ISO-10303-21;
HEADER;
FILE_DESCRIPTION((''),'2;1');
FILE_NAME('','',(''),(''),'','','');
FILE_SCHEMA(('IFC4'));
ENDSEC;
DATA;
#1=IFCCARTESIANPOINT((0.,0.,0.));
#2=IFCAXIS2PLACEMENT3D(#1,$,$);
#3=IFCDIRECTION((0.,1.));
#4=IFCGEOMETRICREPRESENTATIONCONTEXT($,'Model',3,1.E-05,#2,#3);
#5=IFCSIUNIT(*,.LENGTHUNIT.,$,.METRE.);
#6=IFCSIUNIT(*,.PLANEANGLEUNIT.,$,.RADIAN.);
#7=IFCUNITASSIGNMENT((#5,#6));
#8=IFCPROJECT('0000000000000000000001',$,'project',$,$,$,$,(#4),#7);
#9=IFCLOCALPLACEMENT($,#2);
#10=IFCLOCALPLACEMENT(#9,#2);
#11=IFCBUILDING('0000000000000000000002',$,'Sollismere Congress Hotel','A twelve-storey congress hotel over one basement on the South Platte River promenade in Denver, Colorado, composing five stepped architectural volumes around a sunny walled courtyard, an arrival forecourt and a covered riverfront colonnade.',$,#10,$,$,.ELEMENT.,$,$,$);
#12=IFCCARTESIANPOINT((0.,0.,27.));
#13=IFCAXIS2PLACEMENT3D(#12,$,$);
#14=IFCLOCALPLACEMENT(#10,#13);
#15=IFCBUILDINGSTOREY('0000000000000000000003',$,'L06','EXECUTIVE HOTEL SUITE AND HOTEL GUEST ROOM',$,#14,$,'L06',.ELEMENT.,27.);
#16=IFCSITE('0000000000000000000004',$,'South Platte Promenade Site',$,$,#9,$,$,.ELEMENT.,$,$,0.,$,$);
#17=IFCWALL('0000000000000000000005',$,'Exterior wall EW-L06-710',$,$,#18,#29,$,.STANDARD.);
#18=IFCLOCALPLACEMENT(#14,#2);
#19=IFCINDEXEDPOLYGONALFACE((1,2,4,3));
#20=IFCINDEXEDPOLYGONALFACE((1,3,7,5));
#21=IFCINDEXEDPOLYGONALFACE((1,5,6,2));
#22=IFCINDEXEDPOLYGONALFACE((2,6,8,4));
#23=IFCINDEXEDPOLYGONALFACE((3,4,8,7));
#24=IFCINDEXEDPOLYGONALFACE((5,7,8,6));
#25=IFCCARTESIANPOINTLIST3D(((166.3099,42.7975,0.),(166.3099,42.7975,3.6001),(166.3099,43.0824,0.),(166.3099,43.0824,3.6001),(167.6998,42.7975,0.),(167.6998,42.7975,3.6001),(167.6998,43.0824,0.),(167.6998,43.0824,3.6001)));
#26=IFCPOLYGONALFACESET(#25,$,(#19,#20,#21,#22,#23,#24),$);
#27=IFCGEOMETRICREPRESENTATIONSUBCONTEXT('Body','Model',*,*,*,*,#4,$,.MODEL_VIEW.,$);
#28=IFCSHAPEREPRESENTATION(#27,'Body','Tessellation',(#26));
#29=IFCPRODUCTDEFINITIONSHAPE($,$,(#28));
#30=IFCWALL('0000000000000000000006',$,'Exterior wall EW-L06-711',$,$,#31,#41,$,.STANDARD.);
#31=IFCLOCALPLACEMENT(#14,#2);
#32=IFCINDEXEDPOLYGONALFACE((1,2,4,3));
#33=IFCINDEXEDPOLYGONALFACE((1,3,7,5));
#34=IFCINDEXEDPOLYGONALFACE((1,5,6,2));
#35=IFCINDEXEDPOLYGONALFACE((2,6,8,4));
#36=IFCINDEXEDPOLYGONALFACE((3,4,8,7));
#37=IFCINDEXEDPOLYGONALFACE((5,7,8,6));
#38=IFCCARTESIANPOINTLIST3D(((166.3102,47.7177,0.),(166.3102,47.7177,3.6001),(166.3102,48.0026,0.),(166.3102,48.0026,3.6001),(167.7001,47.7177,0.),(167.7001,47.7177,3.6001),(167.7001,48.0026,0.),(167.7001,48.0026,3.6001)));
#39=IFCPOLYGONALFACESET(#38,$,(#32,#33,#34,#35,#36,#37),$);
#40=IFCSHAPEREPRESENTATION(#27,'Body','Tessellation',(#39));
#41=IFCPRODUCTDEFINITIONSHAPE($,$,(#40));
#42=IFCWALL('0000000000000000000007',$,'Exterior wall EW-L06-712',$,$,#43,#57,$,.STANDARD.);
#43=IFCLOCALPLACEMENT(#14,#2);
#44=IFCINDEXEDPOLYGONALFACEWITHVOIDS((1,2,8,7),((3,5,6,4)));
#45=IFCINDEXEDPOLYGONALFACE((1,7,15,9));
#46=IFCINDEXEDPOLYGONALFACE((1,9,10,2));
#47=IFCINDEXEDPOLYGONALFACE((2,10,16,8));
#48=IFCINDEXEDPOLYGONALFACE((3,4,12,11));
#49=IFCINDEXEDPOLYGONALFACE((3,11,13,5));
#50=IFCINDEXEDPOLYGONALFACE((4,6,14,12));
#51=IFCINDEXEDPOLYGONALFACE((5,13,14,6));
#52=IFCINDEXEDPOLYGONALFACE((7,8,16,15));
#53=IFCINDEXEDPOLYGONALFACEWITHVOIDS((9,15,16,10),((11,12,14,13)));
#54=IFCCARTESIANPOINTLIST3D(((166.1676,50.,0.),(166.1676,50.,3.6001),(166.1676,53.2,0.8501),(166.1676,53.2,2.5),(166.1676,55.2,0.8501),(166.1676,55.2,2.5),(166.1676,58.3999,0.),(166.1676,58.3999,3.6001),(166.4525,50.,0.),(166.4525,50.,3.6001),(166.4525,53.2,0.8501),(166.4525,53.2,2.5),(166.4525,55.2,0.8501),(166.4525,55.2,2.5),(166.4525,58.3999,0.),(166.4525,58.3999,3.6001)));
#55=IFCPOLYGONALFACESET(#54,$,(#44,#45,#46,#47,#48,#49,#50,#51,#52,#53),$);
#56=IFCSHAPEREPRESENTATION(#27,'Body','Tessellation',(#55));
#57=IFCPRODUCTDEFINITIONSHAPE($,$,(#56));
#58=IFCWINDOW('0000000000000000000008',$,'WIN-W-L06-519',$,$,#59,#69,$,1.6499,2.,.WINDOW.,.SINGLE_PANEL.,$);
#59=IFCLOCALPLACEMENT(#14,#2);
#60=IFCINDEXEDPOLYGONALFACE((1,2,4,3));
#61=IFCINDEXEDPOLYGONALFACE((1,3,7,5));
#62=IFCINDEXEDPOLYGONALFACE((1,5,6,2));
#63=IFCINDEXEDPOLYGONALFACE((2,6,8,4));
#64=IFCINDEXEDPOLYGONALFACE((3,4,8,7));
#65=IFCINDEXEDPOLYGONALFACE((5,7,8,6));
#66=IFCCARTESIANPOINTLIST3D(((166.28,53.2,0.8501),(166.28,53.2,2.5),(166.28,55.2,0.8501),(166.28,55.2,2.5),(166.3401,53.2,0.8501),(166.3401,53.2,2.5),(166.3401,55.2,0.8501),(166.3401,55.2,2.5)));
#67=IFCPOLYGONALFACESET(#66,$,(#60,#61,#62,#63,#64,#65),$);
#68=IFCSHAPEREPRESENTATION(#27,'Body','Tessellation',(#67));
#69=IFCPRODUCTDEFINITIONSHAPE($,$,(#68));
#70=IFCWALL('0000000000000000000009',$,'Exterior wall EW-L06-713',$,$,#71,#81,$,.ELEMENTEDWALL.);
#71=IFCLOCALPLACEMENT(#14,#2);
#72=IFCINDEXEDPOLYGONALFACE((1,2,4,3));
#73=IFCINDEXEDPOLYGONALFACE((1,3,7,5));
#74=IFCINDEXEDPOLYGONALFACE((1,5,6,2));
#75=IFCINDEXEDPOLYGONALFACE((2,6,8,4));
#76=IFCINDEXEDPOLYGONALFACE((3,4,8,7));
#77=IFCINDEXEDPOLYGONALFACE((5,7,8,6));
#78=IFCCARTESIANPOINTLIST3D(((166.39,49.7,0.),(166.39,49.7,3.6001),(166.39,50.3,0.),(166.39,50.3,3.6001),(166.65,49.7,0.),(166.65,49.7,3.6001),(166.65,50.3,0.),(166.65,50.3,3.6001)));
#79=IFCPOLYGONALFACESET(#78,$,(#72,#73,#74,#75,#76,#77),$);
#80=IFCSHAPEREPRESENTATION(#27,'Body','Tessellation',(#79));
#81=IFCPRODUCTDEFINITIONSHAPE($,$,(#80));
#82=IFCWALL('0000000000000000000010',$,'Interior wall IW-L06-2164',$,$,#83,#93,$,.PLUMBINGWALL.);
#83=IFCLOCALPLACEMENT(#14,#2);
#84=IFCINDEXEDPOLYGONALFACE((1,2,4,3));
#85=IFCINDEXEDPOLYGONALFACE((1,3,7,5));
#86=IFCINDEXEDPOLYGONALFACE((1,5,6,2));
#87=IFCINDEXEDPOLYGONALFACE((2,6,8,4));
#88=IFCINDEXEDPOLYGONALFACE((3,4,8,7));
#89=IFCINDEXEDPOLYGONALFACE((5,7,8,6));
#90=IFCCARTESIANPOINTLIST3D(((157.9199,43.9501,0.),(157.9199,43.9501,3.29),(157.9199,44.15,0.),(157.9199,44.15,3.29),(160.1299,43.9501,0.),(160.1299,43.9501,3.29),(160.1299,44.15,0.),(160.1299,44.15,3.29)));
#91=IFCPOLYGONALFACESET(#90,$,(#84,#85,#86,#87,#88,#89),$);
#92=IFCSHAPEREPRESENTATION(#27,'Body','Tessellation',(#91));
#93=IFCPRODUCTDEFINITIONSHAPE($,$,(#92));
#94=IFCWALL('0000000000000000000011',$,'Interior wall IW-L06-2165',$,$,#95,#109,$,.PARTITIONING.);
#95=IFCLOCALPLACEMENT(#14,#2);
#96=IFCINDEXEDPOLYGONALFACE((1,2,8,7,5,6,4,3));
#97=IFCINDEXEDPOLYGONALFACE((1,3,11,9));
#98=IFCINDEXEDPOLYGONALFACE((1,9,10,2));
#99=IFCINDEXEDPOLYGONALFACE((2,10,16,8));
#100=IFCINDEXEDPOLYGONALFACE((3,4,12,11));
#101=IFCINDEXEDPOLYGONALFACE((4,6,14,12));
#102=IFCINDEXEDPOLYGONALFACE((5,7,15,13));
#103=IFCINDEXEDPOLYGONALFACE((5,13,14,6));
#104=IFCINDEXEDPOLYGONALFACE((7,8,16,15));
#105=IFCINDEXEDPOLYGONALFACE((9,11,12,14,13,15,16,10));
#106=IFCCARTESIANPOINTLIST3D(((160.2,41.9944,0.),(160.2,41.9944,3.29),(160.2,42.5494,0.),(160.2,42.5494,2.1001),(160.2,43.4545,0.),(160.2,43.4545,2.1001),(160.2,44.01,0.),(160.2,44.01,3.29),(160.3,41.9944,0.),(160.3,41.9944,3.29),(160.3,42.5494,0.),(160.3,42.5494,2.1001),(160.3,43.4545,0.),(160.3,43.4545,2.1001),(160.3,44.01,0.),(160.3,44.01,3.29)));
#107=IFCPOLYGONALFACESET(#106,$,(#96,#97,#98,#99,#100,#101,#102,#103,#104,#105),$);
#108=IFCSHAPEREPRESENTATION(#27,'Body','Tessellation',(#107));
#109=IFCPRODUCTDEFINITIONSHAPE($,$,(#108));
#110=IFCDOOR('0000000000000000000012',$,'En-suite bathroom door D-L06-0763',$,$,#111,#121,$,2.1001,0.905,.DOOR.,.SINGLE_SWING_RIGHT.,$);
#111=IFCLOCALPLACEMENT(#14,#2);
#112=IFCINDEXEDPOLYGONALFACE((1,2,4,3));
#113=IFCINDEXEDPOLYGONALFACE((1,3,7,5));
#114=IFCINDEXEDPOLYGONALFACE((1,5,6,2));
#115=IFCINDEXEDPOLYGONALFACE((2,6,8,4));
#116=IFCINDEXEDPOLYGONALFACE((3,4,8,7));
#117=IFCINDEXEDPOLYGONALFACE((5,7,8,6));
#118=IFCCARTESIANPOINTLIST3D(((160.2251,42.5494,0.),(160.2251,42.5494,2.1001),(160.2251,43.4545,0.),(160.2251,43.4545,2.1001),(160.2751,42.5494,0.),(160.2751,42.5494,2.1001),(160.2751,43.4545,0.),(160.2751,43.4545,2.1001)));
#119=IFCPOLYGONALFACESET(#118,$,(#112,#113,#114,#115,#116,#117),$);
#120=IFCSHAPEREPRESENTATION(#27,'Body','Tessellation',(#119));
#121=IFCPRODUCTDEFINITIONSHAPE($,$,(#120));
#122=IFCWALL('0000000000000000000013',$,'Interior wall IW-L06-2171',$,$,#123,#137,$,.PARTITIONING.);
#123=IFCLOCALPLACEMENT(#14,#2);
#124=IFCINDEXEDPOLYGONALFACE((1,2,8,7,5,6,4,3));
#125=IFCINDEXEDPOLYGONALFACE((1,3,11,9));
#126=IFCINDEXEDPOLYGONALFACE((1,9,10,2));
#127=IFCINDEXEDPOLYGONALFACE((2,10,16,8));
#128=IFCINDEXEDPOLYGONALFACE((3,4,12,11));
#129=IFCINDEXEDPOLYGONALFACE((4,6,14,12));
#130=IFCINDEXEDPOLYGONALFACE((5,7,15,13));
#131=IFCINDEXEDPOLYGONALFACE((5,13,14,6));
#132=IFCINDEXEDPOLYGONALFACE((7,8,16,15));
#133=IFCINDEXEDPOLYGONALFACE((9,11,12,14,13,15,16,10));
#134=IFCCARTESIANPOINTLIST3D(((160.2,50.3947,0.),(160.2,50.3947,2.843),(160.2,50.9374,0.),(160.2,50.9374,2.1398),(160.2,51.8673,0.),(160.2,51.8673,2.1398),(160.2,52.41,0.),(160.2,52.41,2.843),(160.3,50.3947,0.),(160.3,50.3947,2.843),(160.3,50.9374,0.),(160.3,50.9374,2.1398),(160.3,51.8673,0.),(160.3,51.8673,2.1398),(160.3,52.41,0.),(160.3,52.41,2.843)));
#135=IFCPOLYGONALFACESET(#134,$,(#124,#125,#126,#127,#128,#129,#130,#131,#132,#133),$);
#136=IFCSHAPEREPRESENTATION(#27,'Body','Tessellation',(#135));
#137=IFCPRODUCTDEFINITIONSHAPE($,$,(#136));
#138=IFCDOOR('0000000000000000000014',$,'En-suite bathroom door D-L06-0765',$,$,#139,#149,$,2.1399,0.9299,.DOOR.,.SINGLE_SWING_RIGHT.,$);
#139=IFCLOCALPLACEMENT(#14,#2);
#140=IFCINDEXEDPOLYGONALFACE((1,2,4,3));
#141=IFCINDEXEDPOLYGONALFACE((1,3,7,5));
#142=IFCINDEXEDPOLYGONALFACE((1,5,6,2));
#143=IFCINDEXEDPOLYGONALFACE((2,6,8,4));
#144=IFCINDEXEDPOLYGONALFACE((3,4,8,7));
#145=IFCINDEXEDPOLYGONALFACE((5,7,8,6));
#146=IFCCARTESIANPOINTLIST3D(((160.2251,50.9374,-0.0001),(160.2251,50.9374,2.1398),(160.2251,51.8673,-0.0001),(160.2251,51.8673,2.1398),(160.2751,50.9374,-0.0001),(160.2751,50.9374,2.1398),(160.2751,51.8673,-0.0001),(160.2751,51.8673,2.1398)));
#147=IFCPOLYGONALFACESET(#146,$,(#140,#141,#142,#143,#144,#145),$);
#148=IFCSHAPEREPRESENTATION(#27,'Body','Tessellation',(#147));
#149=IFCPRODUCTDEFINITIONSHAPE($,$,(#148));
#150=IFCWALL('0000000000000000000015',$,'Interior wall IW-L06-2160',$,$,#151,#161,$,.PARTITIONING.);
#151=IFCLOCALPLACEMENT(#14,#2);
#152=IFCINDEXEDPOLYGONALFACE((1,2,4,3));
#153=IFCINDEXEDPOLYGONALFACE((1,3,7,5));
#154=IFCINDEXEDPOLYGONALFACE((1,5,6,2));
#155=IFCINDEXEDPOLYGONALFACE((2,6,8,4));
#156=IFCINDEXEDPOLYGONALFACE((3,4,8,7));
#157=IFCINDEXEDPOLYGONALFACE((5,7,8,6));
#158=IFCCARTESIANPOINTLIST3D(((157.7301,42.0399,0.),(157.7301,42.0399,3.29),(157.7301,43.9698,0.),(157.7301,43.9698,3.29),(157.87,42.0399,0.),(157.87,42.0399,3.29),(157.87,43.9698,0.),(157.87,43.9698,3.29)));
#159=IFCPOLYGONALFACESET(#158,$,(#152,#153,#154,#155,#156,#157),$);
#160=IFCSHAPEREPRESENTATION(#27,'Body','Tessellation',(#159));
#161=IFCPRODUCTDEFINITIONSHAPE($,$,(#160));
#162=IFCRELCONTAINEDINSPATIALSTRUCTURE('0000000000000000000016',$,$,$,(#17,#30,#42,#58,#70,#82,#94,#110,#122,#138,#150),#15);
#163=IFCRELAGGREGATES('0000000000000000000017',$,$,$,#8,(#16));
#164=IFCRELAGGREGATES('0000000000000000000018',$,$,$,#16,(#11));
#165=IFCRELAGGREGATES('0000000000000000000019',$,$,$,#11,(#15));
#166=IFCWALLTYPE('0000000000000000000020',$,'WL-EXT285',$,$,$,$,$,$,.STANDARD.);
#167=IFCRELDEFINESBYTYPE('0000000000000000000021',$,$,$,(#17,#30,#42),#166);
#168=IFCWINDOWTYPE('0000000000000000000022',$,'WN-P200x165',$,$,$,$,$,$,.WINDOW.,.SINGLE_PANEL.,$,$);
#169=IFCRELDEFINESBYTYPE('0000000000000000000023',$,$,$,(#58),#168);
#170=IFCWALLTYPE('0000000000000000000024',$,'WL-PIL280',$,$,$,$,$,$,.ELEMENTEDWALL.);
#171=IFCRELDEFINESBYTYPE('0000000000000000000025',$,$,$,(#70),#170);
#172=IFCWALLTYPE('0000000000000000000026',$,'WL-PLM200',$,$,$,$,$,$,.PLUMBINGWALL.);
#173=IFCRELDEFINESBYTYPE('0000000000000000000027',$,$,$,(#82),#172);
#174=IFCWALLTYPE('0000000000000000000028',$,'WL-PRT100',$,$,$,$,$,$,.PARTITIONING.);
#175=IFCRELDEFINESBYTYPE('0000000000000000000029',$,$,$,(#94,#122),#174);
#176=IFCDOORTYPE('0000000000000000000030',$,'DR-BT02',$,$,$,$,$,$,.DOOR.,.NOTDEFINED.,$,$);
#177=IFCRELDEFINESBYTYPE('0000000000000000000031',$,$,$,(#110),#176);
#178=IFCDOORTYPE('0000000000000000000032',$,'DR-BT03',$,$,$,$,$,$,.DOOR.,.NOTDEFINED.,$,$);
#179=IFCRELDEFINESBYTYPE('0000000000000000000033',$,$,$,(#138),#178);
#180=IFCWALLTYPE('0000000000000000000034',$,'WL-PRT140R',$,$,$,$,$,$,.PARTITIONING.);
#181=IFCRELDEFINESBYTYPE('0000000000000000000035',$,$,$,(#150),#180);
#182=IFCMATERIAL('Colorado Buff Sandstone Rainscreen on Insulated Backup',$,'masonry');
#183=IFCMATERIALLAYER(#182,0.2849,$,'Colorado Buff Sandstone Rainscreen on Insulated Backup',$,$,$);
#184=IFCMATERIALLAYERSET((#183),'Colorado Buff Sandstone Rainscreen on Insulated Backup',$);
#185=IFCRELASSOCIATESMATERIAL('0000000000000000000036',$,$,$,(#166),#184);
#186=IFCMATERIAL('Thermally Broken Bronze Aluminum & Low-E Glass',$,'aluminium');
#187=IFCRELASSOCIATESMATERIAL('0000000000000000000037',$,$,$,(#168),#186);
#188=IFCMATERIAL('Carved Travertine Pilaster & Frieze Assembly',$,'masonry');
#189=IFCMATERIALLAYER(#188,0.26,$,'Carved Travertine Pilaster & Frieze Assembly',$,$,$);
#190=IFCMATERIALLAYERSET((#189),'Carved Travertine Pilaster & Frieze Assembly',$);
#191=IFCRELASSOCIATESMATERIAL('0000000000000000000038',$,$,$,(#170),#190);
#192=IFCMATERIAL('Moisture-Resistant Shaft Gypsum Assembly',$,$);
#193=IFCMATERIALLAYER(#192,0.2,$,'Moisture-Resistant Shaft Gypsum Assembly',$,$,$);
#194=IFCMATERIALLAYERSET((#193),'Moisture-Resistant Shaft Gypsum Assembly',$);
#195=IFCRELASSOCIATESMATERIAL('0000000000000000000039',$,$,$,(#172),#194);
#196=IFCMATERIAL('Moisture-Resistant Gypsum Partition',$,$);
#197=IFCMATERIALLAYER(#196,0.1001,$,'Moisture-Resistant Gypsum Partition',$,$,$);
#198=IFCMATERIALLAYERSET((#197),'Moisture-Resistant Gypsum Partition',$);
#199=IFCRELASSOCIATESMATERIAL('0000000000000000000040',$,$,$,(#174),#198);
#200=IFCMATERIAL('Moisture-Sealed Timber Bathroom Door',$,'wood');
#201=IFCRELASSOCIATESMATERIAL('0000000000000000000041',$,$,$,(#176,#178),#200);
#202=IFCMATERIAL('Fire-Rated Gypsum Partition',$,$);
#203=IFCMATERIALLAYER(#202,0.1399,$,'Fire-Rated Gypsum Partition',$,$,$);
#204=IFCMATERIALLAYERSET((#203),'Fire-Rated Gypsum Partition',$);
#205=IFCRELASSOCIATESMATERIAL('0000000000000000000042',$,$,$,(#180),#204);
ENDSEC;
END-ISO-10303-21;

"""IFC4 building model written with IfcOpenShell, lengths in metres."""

from ifc_helpers import new_model, si_unit, direction, frame, frame_2d, origin, place, context, subcontext, project, spatial, rectangle, extrude, material, layer, layer_set, type_object, element, fill, save


model = new_model("IFC4")

# Units and contexts
model_context = context("Model", 3, precision=1e-05, world=origin(), true_north=direction((0.0, 1.0)))
body_context = subcontext(model_context, "Body", "Model", "MODEL_VIEW")
ifc_project = project(units=[si_unit("LENGTHUNIT", "METRE"), si_unit("PLANEANGLEUNIT", "RADIAN")], contexts=[model_context])

# Site, building, storey
site_placement = place(None, origin())
site = spatial("IfcSite", under=ifc_project, at=site_placement, Name="South Platte Promenade Site", CompositionType="ELEMENT", RefElevation=0.0)
building_placement = place(site_placement, origin())
building = spatial("IfcBuilding", under=site, at=building_placement, Name="Sollismere Congress Hotel", Description="A twelve-storey congress hotel over one basement on the South Platte River promenade in Denver, Colorado, composing five stepped architectural volumes around a sunny walled courtyard, an arrival forecourt and a covered riverfront colonnade.", CompositionType="ELEMENT")
storey_placement = place(building_placement, frame((0.0, 0.0, 27.0)))
storey = spatial("IfcBuildingStorey", under=building, at=storey_placement, Name="L06", Description="EXECUTIVE HOTEL SUITE AND HOTEL GUEST ROOM", LongName="L06", CompositionType="ELEMENT", Elevation=27.0)

# Shared definitions
ifc_material_1 = material(Name="Colorado Buff Sandstone Rainscreen on Insulated Backup", Category="masonry")
ifc_layer_1 = layer(ifc_material_1, 0.2849, Name="Colorado Buff Sandstone Rainscreen on Insulated Backup")
ifc_layer_set_1 = layer_set([ifc_layer_1], Name="Colorado Buff Sandstone Rainscreen on Insulated Backup")
wall_type_1 = type_object("IfcWallType", Name="WL-EXT285", PredefinedType="STANDARD", material=ifc_layer_set_1)

# Shared definitions
ifc_material_2 = material(Name="Thermally Broken Bronze Aluminum & Low-E Glass", Category="aluminium")

# Walls
for number, where, z_axis, x_axis, name in (
    (1, (166.3101, 42.9399, 0.0), (0.0, 0.0, 1.0), (1.0, 0.0, 0.0), "Exterior wall EW-L06-710"),
    (2, (167.7, 47.8601, 0.0), (0.0, 0.0, 1.0), (-1.0, 0.0, 0.0), "Exterior wall EW-L06-711"),
):
    element("IfcWall", number, at=place(storey_placement, frame(where, z_axis=z_axis, x_axis=x_axis)), inside=storey, type_object=wall_type_1, Name=name, PredefinedType="STANDARD", context=body_context, shape_type="SweptSolid", body=[
        extrude(rectangle(XDim=1.3899, YDim=0.2849, at=frame_2d((0.6948, 0.0))), origin(), (0.0, 0.0, 1.0), 3.6001),
    ])

# Wall, opening, window
wall_1_placement = place(storey_placement, frame((166.3101, 50.0, 0.0), z_axis=(0.0, 0.0, 1.0), x_axis=(0.0, 1.0, 0.0)))
wall_1 = element("IfcWall", 3, at=wall_1_placement, inside=storey, type_object=wall_type_1, Name="Exterior wall EW-L06-712", PredefinedType="STANDARD", context=body_context, shape_type="SweptSolid", body=[
    extrude(rectangle(XDim=8.3999, YDim=0.2849, at=frame_2d((4.2, 0.0))), origin(), (0.0, 0.0, 1.0), 3.6001),
])
opening_1_placement = place(wall_1_placement, frame((3.2, 0.0, 0.8501)))
opening_1 = element("IfcOpeningElement", 4, at=opening_1_placement, cuts=wall_1, PredefinedType="OPENING", context=body_context, shape_type="SweptSolid", body=[
    extrude(rectangle(XDim=2.0, YDim=1.6499, at=frame_2d((1.0, 0.825))), frame((0.0, 0.1523, 0.0), z_axis=(0.0, -1.0, 0.0), x_axis=(1.0, 0.0, 0.0)), (0.0, 0.0, 1.0), 0.3049),
])
window_type_1 = type_object("IfcWindowType", Name="WN-P200x165", PartitioningType="SINGLE_PANEL", PredefinedType="WINDOW", material=ifc_material_2)
window_1_placement = place(opening_1_placement, origin())
window_1 = element("IfcWindow", 5, at=window_1_placement, inside=storey, type_object=window_type_1, Name="WIN-W-L06-519", OverallHeight=1.6499, OverallWidth=2.0, PartitioningType="SINGLE_PANEL", PredefinedType="WINDOW", context=body_context, shape_type="SweptSolid", body=[
    extrude(rectangle(XDim=2.0, YDim=1.6499, at=frame_2d((1.0, 0.825))), frame((0.0, 0.03, 0.0), z_axis=(0.0, -1.0, 0.0), x_axis=(1.0, 0.0, 0.0)), (0.0, 0.0, 1.0), 0.0601),
])
fill(opening_1, window_1)

# Walls
ifc_material_3 = material(Name="Carved Travertine Pilaster & Frieze Assembly", Category="masonry")
ifc_layer_2 = layer(ifc_material_3, 0.26, Name="Carved Travertine Pilaster & Frieze Assembly")
ifc_layer_set_2 = layer_set([ifc_layer_2], Name="Carved Travertine Pilaster & Frieze Assembly")
wall_type_2 = type_object("IfcWallType", Name="WL-PIL280", PredefinedType="ELEMENTEDWALL", material=ifc_layer_set_2)
wall_2_placement = place(storey_placement, frame((166.52, 49.7, 0.0), z_axis=(0.0, 0.0, 1.0), x_axis=(0.0, 1.0, 0.0)))
element("IfcWall", 6, at=wall_2_placement, inside=storey, type_object=wall_type_2, Name="Exterior wall EW-L06-713", PredefinedType="ELEMENTEDWALL", context=body_context, shape_type="SweptSolid", body=[
    extrude(rectangle(XDim=0.6001, YDim=0.26, at=frame_2d((0.3, 0.0))), origin(), (0.0, 0.0, 1.0), 3.6001),
])
ifc_material_4 = material(Name="Moisture-Resistant Shaft Gypsum Assembly")
ifc_layer_3 = layer(ifc_material_4, 0.2, Name="Moisture-Resistant Shaft Gypsum Assembly")
ifc_layer_set_3 = layer_set([ifc_layer_3], Name="Moisture-Resistant Shaft Gypsum Assembly")
wall_type_3 = type_object("IfcWallType", Name="WL-PLM200", PredefinedType="PLUMBINGWALL", material=ifc_layer_set_3)
wall_3_placement = place(storey_placement, frame((157.9199, 44.05, 0.0), z_axis=(0.0, 0.0, 1.0), x_axis=(1.0, 0.0, 0.0)))
element("IfcWall", 7, at=wall_3_placement, inside=storey, type_object=wall_type_3, Name="Interior wall IW-L06-2164", PredefinedType="PLUMBINGWALL", context=body_context, shape_type="SweptSolid", body=[
    extrude(rectangle(XDim=2.21, YDim=0.2, at=frame_2d((1.105, 0.0))), origin(), (0.0, 0.0, 1.0), 3.29),
])

# Walls, openings, doors
ifc_material_5 = material(Name="Moisture-Resistant Gypsum Partition")
ifc_layer_4 = layer(ifc_material_5, 0.1001, Name="Moisture-Resistant Gypsum Partition")
ifc_layer_set_4 = layer_set([ifc_layer_4], Name="Moisture-Resistant Gypsum Partition")
wall_type_4 = type_object("IfcWallType", Name="WL-PRT100", PredefinedType="PARTITIONING", material=ifc_layer_set_4)
wall_4_placement = place(storey_placement, frame((160.25, 41.9944, 0.0), z_axis=(0.0, 0.0, 1.0), x_axis=(0.0, 1.0, 0.0)))
wall_4 = element("IfcWall", 8, at=wall_4_placement, inside=storey, type_object=wall_type_4, Name="Interior wall IW-L06-2165", PredefinedType="PARTITIONING", context=body_context, shape_type="SweptSolid", body=[
    extrude(rectangle(XDim=2.0156, YDim=0.1001, at=frame_2d((1.0078, 0.0))), origin(), (0.0, 0.0, 1.0), 3.29),
])
opening_2_placement = place(wall_4_placement, frame((0.5549, 0.0, 0.0)))
opening_2 = element("IfcOpeningElement", 9, at=opening_2_placement, cuts=wall_4, PredefinedType="OPENING", context=body_context, shape_type="SweptSolid", body=[
    extrude(rectangle(XDim=0.905, YDim=2.1001, at=frame_2d((0.4526, 1.05))), frame((0.0, 0.0601, 0.0), z_axis=(0.0, -1.0, 0.0), x_axis=(1.0, 0.0, 0.0)), (0.0, 0.0, 1.0), 0.1201),
])
ifc_material_6 = material(Name="Moisture-Sealed Timber Bathroom Door", Category="wood")
door_type_1 = type_object("IfcDoorType", Name="DR-BT02", OperationType="NOTDEFINED", PredefinedType="DOOR", material=ifc_material_6)
door_1_placement = place(opening_2_placement, origin())
door_1 = element("IfcDoor", 10, at=door_1_placement, inside=storey, type_object=door_type_1, Name="En-suite bathroom door D-L06-0763", OperationType="SINGLE_SWING_RIGHT", OverallHeight=2.1001, OverallWidth=0.905, PredefinedType="DOOR", context=body_context, shape_type="SweptSolid", body=[
    extrude(rectangle(XDim=0.905, YDim=2.1001, at=frame_2d((0.4526, 1.05))), frame((0.0, 0.0249, 0.0), z_axis=(0.0, -1.0, 0.0), x_axis=(1.0, 0.0, 0.0)), (0.0, 0.0, 1.0), 0.05),
])
fill(opening_2, door_1)
wall_5_placement = place(storey_placement, frame((160.25, 50.3945, 0.0), z_axis=(0.0, 0.0, 1.0), x_axis=(0.0, 1.0, 0.0)))
wall_5 = element("IfcWall", 11, at=wall_5_placement, inside=storey, type_object=wall_type_4, Name="Interior wall IW-L06-2171", PredefinedType="PARTITIONING", context=body_context, shape_type="SweptSolid", body=[
    extrude(rectangle(XDim=2.0154, YDim=0.1001, at=frame_2d((1.0078, 0.0))), origin(), (0.0, 0.0, 1.0), 2.843),
])
opening_3_placement = place(wall_5_placement, frame((0.543, 0.0, 0.0)))
opening_3 = element("IfcOpeningElement", 12, at=opening_3_placement, cuts=wall_5, PredefinedType="OPENING", context=body_context, shape_type="SweptSolid", body=[
    extrude(rectangle(XDim=0.9299, YDim=2.1399, at=frame_2d((0.4648, 1.0698))), frame((0.0, 0.0601, 0.0), z_axis=(0.0, -1.0, 0.0), x_axis=(1.0, 0.0, 0.0)), (0.0, 0.0, 1.0), 0.1201),
])
door_type_2 = type_object("IfcDoorType", Name="DR-BT03", OperationType="NOTDEFINED", PredefinedType="DOOR", material=ifc_material_6)
door_2_placement = place(opening_3_placement, origin())
door_2 = element("IfcDoor", 13, at=door_2_placement, inside=storey, type_object=door_type_2, Name="En-suite bathroom door D-L06-0765", OperationType="SINGLE_SWING_RIGHT", OverallHeight=2.1399, OverallWidth=0.9299, PredefinedType="DOOR", context=body_context, shape_type="SweptSolid", body=[
    extrude(rectangle(XDim=0.9299, YDim=2.1399, at=frame_2d((0.4648, 1.0698))), frame((0.0, 0.0249, 0.0), z_axis=(0.0, -1.0, 0.0), x_axis=(1.0, 0.0, 0.0)), (0.0, 0.0, 1.0), 0.05),
])
fill(opening_3, door_2)

# Wall
ifc_material_7 = material(Name="Fire-Rated Gypsum Partition")
ifc_layer_5 = layer(ifc_material_7, 0.1399, Name="Fire-Rated Gypsum Partition")
ifc_layer_set_5 = layer_set([ifc_layer_5], Name="Fire-Rated Gypsum Partition")
wall_type_5 = type_object("IfcWallType", Name="WL-PRT140R", PredefinedType="PARTITIONING", material=ifc_layer_set_5)
wall_6_placement = place(storey_placement, frame((157.8, 42.04, 0.0), z_axis=(0.0, 0.0, 1.0), x_axis=(0.0, 1.0, 0.0)))
element("IfcWall", 14, at=wall_6_placement, inside=storey, type_object=wall_type_5, Name="Interior wall IW-L06-2160", PredefinedType="PARTITIONING", context=body_context, shape_type="SweptSolid", body=[
    extrude(rectangle(XDim=1.9299, YDim=0.1399, at=frame_2d((0.9648, 0.0))), origin(), (0.0, 0.0, 1.0), 3.29),
])

save(model, "model.ifc")
